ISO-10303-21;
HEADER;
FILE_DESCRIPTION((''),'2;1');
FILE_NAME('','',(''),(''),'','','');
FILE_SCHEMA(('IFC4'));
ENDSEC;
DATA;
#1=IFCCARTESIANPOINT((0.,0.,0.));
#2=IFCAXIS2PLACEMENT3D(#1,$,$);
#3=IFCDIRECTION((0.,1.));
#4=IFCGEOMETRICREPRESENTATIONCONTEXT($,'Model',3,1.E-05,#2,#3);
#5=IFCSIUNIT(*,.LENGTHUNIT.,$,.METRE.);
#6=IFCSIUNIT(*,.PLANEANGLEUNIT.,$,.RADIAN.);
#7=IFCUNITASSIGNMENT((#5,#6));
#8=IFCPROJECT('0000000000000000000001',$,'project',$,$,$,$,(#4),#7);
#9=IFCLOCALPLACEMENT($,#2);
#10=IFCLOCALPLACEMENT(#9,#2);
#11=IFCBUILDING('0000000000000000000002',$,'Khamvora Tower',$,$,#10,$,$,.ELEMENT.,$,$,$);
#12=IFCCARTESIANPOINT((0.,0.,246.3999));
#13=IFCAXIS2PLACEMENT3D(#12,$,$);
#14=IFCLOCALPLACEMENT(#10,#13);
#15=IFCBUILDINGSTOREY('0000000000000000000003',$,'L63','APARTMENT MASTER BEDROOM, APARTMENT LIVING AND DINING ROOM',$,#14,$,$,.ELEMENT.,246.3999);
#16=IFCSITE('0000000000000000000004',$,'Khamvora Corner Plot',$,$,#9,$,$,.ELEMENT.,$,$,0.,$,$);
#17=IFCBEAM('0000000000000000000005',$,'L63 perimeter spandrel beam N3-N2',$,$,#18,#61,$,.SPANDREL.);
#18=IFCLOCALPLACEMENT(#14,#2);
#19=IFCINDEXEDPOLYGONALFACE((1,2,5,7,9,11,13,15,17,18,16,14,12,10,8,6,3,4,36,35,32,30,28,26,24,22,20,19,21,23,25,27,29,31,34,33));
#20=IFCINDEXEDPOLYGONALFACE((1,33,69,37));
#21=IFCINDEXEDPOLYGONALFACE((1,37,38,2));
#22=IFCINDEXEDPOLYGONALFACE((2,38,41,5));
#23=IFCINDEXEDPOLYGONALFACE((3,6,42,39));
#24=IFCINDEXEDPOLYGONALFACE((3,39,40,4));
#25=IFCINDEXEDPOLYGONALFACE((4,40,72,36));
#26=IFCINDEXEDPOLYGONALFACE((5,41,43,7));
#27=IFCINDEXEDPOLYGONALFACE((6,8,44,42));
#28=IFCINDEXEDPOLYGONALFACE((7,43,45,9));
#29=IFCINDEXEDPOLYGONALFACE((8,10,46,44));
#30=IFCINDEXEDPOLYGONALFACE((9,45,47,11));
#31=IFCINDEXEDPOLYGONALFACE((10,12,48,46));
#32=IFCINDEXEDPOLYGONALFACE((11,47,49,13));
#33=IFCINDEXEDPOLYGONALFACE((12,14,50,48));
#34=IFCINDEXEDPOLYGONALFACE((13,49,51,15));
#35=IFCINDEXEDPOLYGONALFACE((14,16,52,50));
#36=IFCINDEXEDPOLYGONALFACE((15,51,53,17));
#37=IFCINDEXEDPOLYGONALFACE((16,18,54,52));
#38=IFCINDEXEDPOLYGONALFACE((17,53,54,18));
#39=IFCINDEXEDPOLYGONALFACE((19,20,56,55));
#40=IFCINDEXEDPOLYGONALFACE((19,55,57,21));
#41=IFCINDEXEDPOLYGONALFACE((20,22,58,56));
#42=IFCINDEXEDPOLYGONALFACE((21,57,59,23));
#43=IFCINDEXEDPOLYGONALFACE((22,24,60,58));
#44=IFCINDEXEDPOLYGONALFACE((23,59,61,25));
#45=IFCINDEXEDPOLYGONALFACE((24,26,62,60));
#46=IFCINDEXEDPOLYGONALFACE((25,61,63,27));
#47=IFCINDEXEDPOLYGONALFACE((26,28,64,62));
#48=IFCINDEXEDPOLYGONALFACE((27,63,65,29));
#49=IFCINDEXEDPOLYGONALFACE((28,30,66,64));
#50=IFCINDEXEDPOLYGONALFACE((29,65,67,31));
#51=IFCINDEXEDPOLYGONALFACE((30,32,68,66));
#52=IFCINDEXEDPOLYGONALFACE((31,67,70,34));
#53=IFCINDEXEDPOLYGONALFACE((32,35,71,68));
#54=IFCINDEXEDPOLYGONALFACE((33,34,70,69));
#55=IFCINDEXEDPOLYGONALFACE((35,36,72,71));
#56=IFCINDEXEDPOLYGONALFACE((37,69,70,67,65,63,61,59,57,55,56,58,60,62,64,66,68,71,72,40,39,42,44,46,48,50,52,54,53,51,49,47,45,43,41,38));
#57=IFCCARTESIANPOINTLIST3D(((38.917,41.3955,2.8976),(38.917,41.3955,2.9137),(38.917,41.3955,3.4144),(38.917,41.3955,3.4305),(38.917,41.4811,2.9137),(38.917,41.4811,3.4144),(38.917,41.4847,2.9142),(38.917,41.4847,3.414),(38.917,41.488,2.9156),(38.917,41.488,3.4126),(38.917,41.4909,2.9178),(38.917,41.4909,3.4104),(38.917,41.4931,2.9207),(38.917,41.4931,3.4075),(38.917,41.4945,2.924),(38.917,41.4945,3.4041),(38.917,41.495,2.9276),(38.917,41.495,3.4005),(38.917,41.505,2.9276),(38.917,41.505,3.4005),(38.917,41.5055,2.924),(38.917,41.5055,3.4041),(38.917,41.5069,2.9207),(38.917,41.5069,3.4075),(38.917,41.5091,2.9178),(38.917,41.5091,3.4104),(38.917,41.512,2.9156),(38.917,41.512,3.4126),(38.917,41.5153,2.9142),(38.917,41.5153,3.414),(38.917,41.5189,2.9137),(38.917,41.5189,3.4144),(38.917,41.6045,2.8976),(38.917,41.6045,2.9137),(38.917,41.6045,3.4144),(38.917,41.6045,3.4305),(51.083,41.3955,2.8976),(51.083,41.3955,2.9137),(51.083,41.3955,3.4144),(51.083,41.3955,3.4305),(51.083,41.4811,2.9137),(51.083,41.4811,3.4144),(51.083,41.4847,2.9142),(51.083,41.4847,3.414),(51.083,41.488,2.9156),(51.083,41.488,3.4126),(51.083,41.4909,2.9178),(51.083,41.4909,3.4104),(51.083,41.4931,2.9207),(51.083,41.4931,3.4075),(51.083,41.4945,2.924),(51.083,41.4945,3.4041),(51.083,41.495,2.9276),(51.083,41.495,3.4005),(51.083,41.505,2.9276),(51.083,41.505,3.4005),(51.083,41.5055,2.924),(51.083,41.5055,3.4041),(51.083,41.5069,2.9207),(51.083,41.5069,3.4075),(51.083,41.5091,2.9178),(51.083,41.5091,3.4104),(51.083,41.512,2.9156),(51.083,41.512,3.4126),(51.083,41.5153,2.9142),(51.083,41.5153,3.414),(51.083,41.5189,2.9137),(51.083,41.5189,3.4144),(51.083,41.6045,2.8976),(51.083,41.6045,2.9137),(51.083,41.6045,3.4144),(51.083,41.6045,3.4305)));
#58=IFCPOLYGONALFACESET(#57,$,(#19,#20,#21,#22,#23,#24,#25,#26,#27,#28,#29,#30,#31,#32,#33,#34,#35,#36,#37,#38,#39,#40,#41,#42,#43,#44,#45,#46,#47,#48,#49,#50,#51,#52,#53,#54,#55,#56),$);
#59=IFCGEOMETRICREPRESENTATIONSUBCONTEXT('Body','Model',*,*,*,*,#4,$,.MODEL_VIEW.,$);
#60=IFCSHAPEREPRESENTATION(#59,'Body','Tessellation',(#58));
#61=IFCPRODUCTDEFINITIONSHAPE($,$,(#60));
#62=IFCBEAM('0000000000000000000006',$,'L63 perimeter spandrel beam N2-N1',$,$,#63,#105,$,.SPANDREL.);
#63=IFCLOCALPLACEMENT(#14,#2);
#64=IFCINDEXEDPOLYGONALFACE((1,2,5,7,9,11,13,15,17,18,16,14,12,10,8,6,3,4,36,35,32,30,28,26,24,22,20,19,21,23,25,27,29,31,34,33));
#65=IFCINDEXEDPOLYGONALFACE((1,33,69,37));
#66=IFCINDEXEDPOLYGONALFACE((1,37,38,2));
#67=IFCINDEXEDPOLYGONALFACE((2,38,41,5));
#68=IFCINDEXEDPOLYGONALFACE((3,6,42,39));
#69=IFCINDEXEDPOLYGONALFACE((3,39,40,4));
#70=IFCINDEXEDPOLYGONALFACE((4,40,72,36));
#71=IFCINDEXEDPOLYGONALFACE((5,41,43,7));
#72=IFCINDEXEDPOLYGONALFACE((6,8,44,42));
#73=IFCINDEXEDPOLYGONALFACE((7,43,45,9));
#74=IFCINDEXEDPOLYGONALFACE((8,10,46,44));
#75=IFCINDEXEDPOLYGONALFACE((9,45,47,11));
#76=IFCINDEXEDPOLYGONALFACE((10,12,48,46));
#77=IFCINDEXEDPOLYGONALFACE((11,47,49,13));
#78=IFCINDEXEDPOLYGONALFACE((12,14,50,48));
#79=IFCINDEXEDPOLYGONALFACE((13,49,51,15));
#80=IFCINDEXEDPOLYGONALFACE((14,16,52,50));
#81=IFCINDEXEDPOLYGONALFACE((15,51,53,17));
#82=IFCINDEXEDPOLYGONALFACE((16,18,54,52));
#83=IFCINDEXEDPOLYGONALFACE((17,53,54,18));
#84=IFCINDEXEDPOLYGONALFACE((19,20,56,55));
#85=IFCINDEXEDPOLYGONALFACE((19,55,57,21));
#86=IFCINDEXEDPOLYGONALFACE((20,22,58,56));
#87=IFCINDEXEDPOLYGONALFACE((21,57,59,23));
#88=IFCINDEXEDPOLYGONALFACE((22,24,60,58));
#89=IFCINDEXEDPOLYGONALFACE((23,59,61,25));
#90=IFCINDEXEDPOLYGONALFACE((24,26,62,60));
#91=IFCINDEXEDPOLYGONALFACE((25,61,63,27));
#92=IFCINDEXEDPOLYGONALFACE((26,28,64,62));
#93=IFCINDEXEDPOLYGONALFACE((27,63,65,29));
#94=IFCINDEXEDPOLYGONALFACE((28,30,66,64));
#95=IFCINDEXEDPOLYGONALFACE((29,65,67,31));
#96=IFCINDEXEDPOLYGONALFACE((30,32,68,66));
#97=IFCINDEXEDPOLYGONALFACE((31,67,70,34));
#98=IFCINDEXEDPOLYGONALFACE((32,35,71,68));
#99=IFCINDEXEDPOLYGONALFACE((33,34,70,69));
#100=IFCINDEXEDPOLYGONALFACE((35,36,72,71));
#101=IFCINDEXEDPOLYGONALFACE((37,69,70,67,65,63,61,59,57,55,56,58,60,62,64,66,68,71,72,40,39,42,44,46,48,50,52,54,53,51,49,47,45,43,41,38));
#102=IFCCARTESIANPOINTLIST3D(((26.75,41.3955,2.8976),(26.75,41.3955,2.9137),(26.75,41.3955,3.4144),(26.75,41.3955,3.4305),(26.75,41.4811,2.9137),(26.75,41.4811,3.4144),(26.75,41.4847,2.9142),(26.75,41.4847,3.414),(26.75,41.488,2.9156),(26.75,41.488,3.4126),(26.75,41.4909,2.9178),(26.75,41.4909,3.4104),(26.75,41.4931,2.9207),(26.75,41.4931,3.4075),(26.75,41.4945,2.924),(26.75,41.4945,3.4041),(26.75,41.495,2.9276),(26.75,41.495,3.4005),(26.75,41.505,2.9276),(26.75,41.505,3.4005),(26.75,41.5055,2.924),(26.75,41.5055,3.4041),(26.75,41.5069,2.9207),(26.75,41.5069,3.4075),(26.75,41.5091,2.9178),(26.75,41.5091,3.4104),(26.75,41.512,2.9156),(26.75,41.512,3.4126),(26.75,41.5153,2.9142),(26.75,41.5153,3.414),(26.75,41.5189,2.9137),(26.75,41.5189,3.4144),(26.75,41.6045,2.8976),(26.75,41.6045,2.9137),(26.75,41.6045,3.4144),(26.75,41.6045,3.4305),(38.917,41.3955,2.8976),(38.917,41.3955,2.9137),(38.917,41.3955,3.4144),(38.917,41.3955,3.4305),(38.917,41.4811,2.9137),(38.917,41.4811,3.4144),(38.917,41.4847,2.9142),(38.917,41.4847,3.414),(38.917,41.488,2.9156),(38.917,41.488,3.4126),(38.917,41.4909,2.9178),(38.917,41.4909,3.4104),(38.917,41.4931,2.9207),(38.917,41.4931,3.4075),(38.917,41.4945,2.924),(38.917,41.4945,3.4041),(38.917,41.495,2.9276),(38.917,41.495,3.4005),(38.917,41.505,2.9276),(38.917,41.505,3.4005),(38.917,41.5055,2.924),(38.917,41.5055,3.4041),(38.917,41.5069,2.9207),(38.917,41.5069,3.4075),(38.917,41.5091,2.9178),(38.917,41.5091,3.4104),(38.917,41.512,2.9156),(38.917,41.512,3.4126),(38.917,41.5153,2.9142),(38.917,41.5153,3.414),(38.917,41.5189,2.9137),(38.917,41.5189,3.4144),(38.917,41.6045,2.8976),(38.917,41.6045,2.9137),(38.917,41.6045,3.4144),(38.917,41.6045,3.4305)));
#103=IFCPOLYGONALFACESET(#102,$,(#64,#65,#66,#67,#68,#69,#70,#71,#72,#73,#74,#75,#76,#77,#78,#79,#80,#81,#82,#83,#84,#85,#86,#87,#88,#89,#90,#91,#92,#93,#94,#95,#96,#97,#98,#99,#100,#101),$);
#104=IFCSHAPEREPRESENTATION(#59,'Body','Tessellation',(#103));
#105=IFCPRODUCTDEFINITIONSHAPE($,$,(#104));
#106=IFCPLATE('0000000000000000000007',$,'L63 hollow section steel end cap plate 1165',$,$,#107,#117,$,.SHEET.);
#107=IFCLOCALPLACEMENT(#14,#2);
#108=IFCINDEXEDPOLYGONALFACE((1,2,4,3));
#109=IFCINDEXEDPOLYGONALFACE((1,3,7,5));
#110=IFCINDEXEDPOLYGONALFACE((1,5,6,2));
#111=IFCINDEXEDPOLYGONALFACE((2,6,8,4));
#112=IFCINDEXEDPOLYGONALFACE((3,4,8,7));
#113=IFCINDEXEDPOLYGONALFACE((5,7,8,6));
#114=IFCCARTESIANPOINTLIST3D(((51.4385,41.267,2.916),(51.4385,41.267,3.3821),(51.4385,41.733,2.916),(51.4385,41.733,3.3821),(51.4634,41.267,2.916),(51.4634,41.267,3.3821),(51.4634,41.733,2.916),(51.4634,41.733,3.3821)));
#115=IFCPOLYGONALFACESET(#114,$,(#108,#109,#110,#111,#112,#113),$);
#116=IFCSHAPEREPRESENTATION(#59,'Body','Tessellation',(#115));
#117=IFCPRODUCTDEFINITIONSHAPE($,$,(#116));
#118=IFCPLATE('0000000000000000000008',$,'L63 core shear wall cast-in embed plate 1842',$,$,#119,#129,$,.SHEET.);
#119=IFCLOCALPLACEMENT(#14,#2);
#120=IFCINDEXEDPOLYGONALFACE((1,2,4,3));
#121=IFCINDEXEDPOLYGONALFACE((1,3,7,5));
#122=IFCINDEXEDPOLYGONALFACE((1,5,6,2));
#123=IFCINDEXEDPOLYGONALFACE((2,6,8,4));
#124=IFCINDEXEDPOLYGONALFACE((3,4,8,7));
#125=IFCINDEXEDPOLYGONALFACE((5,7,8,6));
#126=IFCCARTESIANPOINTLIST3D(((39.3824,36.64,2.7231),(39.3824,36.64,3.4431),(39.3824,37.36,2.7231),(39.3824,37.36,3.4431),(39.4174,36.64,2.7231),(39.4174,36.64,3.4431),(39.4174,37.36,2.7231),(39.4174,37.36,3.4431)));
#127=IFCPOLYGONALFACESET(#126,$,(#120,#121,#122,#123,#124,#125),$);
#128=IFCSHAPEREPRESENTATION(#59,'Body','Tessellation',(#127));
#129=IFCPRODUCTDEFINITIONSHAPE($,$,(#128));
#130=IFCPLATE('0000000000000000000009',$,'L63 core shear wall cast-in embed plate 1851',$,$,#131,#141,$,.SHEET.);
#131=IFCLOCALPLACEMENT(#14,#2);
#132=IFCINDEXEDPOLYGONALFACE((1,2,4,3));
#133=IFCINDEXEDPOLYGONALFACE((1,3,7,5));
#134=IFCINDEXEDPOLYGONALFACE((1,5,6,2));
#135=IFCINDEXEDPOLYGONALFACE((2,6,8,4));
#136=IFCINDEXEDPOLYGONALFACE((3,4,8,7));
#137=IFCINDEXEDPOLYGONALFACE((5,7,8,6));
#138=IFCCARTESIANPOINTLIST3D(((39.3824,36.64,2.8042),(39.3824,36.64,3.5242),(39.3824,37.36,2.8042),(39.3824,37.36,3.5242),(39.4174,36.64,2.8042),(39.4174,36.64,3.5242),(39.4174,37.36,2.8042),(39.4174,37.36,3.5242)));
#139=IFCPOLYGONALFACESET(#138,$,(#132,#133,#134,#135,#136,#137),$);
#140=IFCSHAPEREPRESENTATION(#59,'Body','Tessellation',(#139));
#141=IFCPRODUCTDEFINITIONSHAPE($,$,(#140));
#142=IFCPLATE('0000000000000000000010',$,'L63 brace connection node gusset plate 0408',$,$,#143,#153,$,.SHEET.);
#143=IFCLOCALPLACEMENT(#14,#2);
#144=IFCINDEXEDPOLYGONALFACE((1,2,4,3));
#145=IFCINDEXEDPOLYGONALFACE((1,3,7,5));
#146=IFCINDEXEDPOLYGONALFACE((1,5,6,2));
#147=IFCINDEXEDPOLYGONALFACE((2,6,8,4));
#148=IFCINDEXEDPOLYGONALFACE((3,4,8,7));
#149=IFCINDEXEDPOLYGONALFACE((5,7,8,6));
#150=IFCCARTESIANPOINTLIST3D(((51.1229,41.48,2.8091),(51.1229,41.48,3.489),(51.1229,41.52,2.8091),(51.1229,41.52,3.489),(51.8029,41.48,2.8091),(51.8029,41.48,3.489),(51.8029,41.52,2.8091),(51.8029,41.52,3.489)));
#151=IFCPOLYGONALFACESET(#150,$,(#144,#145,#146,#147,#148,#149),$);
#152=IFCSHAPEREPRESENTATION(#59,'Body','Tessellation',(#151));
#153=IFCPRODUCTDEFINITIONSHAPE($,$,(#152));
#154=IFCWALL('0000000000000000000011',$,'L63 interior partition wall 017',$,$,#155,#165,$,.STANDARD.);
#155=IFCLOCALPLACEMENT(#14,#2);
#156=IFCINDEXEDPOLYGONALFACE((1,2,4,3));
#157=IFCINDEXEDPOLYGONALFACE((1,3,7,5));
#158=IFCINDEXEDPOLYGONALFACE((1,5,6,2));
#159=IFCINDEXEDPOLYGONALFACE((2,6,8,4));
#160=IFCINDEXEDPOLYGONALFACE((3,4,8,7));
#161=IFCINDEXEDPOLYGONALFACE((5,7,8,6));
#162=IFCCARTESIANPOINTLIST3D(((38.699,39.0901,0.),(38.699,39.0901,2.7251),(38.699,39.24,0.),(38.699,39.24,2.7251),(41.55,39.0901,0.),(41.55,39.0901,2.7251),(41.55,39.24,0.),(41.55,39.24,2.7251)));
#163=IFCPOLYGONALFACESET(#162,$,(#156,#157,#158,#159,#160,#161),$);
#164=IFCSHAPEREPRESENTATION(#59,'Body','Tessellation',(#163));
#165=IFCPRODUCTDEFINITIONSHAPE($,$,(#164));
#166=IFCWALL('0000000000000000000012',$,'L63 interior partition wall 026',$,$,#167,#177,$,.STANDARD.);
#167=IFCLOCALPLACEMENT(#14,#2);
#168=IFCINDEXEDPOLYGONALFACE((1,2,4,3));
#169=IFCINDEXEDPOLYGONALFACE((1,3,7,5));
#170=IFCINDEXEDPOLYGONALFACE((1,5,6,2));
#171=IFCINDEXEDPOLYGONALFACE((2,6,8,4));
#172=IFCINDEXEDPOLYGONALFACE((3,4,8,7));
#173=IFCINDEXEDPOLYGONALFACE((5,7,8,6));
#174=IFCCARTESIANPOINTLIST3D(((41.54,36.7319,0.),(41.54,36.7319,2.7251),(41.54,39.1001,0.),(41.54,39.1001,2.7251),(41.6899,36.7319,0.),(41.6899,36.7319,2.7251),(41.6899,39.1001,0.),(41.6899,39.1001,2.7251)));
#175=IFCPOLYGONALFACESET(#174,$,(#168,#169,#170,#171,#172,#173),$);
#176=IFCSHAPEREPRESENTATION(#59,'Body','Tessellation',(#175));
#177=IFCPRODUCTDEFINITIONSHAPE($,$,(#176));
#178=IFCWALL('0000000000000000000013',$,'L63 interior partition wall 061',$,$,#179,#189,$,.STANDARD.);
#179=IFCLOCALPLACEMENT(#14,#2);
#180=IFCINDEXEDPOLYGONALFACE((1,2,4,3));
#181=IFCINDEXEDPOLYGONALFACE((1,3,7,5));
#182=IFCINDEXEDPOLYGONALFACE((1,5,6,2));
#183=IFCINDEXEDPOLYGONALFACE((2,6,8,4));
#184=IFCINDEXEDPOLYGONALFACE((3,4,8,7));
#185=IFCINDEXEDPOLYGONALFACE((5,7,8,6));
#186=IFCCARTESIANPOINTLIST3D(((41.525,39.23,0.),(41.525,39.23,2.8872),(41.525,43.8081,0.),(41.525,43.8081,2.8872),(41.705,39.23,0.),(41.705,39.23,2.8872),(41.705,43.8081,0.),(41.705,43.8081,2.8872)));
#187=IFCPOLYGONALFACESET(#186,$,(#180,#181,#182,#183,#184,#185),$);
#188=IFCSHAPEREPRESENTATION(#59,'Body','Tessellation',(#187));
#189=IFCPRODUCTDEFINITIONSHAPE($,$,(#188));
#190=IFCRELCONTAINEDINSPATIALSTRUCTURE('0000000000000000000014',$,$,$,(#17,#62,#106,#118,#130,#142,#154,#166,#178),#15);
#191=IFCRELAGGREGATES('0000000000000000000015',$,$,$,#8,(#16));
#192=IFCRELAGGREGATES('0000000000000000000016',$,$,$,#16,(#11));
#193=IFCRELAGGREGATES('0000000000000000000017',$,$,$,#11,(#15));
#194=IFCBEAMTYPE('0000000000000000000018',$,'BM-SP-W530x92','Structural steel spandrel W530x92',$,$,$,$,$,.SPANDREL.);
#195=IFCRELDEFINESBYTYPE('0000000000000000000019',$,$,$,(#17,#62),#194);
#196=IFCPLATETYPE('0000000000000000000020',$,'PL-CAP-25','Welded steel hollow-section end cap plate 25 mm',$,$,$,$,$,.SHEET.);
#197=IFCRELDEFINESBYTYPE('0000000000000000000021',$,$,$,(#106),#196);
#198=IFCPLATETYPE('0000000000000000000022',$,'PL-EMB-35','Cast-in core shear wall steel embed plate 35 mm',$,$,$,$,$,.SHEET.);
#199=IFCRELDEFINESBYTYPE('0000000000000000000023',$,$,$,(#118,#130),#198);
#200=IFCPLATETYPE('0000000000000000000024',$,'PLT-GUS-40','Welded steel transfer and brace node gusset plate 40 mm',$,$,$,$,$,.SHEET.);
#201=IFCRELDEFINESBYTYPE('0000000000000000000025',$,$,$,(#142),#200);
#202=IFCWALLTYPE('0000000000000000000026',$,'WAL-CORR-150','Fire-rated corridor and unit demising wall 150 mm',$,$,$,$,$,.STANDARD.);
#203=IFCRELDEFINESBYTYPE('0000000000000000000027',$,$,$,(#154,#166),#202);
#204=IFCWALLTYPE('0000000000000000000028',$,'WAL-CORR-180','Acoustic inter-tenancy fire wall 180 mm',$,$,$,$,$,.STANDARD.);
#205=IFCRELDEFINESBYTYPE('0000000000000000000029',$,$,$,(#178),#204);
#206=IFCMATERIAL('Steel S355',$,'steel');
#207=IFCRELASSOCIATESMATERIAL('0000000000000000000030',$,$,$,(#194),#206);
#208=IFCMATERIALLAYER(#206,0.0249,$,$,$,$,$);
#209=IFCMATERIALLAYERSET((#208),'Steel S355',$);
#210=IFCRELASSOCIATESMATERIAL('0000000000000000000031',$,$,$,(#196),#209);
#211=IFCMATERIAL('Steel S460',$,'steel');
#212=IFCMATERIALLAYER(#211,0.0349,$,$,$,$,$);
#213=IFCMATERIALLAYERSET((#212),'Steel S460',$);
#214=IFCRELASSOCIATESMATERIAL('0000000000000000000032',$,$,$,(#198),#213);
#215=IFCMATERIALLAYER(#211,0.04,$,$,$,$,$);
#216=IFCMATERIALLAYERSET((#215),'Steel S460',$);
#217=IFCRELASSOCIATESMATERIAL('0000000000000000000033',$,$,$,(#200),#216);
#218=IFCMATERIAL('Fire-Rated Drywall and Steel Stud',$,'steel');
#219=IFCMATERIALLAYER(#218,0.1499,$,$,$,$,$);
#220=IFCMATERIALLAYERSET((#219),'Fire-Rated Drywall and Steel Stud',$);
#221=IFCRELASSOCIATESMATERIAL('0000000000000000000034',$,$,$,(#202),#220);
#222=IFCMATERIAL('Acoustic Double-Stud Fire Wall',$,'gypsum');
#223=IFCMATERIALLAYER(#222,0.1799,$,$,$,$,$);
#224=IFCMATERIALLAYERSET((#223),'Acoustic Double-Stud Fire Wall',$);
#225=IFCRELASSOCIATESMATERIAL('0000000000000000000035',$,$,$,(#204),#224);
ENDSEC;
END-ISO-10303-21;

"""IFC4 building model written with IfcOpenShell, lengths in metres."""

from ifc_helpers import new_model, si_unit, direction, frame, frame_2d, origin, origin_2d, place, context, subcontext, project, spatial, rectangle, i_section, extrude, material, layer, layer_set, material_profile, profile_set, type_object, element, save


model = new_model("IFC4")

# Units and contexts
model_context = context("Model", 3, precision=1e-05, world=origin(), true_north=direction((0.0, 1.0)))
body_context = subcontext(model_context, "Body", "Model", "MODEL_VIEW")
ifc_project = project(units=[si_unit("LENGTHUNIT", "METRE"), si_unit("PLANEANGLEUNIT", "RADIAN")], contexts=[model_context])

# Site, building, storey
site_placement = place(None, origin())
site = spatial("IfcSite", under=ifc_project, at=site_placement, Name="Khamvora Corner Plot", CompositionType="ELEMENT", RefElevation=0.0)
building_placement = place(site_placement, origin())
building = spatial("IfcBuilding", under=site, at=building_placement, Name="Khamvora Tower", CompositionType="ELEMENT")
storey_placement = place(building_placement, frame((0.0, 0.0, 246.3999)))
storey = spatial("IfcBuildingStorey", under=building, at=storey_placement, Name="L63", Description="APARTMENT MASTER BEDROOM, APARTMENT LIVING AND DINING ROOM", CompositionType="ELEMENT", Elevation=246.3999)

# Shared definitions
ifc_material_1 = material(Name="Steel S355", Category="steel")

# Beams
ifc_material_profile_1 = material_profile(ifc_material_1, i_section(OverallWidth=0.209, OverallDepth=0.533, WebThickness=0.01, FlangeThickness=0.0161, FilletRadius=0.0139, at=origin_2d()), Name="W530x92")
ifc_profile_set_1 = profile_set([ifc_material_profile_1], Name="Steel S355")
beam_type_1 = type_object("IfcBeamType", Name="BM-SP-W530x92", Description="Structural steel spandrel W530x92", PredefinedType="SPANDREL", material=ifc_profile_set_1)
beam_1_placement = place(storey_placement, frame((51.083, 41.5, 3.1641), z_axis=(-1.0, 0.0, 0.0), x_axis=(0.0, -1.0, 0.0)))
element("IfcBeam", 1, at=beam_1_placement, inside=storey, type_object=beam_type_1, Name="L63 perimeter spandrel beam N3-N2", PredefinedType="SPANDREL", context=body_context, shape_type="SweptSolid", body=[
    extrude(i_section(OverallWidth=0.209, OverallDepth=0.533, WebThickness=0.01, FlangeThickness=0.0161, FilletRadius=0.0139, at=origin_2d()), origin(), (0.0, 0.0, 1.0), 12.166),
])
beam_2_placement = place(storey_placement, frame((38.917, 41.5, 3.1641), z_axis=(-1.0, 0.0, 0.0), x_axis=(0.0, -1.0, 0.0)))
element("IfcBeam", 2, at=beam_2_placement, inside=storey, type_object=beam_type_1, Name="L63 perimeter spandrel beam N2-N1", PredefinedType="SPANDREL", context=body_context, shape_type="SweptSolid", body=[
    extrude(i_section(OverallWidth=0.209, OverallDepth=0.533, WebThickness=0.01, FlangeThickness=0.0161, FilletRadius=0.0139, at=origin_2d()), origin(), (0.0, 0.0, 1.0), 12.167),
])

# Plates
ifc_layer_1 = layer(ifc_material_1, 0.0249)
ifc_layer_set_1 = layer_set([ifc_layer_1], Name="Steel S355")
plate_type_1 = type_object("IfcPlateType", Name="PL-CAP-25", Description="Welded steel hollow-section end cap plate 25 mm", PredefinedType="SHEET", material=ifc_layer_set_1)
plate_1_placement = place(storey_placement, frame((51.4509, 41.5, 2.916), z_axis=(0.0, 0.0, 1.0), x_axis=(-1.0, 0.0, 0.0)))
element("IfcPlate", 3, at=plate_1_placement, inside=storey, type_object=plate_type_1, Name="L63 hollow section steel end cap plate 1165", PredefinedType="SHEET", context=body_context, shape_type="SweptSolid", body=[
    extrude(rectangle(XDim=0.0249, YDim=0.4661, at=origin_2d()), origin(), (0.0, 0.0, 1.0), 0.4661),
])
ifc_material_2 = material(Name="Steel S460", Category="steel")
ifc_layer_2 = layer(ifc_material_2, 0.0349)
ifc_layer_set_2 = layer_set([ifc_layer_2], Name="Steel S460")
plate_type_2 = type_object("IfcPlateType", Name="PL-EMB-35", Description="Cast-in core shear wall steel embed plate 35 mm", PredefinedType="SHEET", material=ifc_layer_set_2)
for number, where, z_axis, x_axis, name in (
    (4, (39.3999, 37.0, 2.7231), (0.0, 0.0, 1.0), (1.0, 0.0, 0.0), "L63 core shear wall cast-in embed plate 1842"),
    (5, (39.3999, 37.0, 2.8042), (0.0, 0.0, 1.0), (1.0, 0.0, 0.0), "L63 core shear wall cast-in embed plate 1851"),
):
    element("IfcPlate", number, at=place(storey_placement, frame(where, z_axis=z_axis, x_axis=x_axis)), inside=storey, type_object=plate_type_2, Name=name, PredefinedType="SHEET", context=body_context, shape_type="SweptSolid", body=[
        extrude(rectangle(XDim=0.0349, YDim=0.72, at=origin_2d()), origin(), (0.0, 0.0, 1.0), 0.72),
    ])
ifc_layer_3 = layer(ifc_material_2, 0.04)
ifc_layer_set_3 = layer_set([ifc_layer_3], Name="Steel S460")
plate_type_3 = type_object("IfcPlateType", Name="PLT-GUS-40", Description="Welded steel transfer and brace node gusset plate 40 mm", PredefinedType="SHEET", material=ifc_layer_set_3)
plate_2_placement = place(storey_placement, frame((51.4629, 41.5, 2.8091), z_axis=(0.0, 0.0, 1.0), x_axis=(1.0, 0.0, 0.0)))
element("IfcPlate", 6, at=plate_2_placement, inside=storey, type_object=plate_type_3, Name="L63 brace connection node gusset plate 0408", PredefinedType="SHEET", context=body_context, shape_type="SweptSolid", body=[
    extrude(rectangle(XDim=0.6799, YDim=0.04, at=origin_2d()), origin(), (0.0, 0.0, 1.0), 0.6799),
])

# Walls
ifc_material_3 = material(Name="Fire-Rated Drywall and Steel Stud", Category="steel")
ifc_layer_4 = layer(ifc_material_3, 0.1499)
ifc_layer_set_4 = layer_set([ifc_layer_4], Name="Fire-Rated Drywall and Steel Stud")
wall_type_1 = type_object("IfcWallType", Name="WAL-CORR-150", Description="Fire-rated corridor and unit demising wall 150 mm", PredefinedType="STANDARD", material=ifc_layer_set_4)
wall_1_placement = place(storey_placement, frame((38.699, 39.165, 0.0), z_axis=(0.0, 0.0, 1.0), x_axis=(1.0, 0.0, 0.0)))
element("IfcWall", 7, at=wall_1_placement, inside=storey, type_object=wall_type_1, Name="L63 interior partition wall 017", PredefinedType="STANDARD", context=body_context, shape_type="SweptSolid", body=[
    extrude(rectangle(XDim=2.8511, YDim=0.1499, at=frame_2d((1.4255, 0.0))), origin(), (0.0, 0.0, 1.0), 2.7251),
])
wall_2_placement = place(storey_placement, frame((41.615, 39.1001, 0.0), z_axis=(0.0, 0.0, 1.0), x_axis=(0.0, -1.0, 0.0)))
element("IfcWall", 8, at=wall_2_placement, inside=storey, type_object=wall_type_1, Name="L63 interior partition wall 026", PredefinedType="STANDARD", context=body_context, shape_type="SweptSolid", body=[
    extrude(rectangle(XDim=2.3682, YDim=0.1499, at=frame_2d((1.1841, 0.0))), origin(), (0.0, 0.0, 1.0), 2.7251),
])
ifc_material_4 = material(Name="Acoustic Double-Stud Fire Wall", Category="gypsum")
ifc_layer_5 = layer(ifc_material_4, 0.1799)
ifc_layer_set_5 = layer_set([ifc_layer_5], Name="Acoustic Double-Stud Fire Wall")
wall_type_2 = type_object("IfcWallType", Name="WAL-CORR-180", Description="Acoustic inter-tenancy fire wall 180 mm", PredefinedType="STANDARD", material=ifc_layer_set_5)
wall_3_placement = place(storey_placement, frame((41.615, 43.8081, 0.0), z_axis=(0.0, 0.0, 1.0), x_axis=(0.0, -1.0, 0.0)))
element("IfcWall", 9, at=wall_3_placement, inside=storey, type_object=wall_type_2, Name="L63 interior partition wall 061", PredefinedType="STANDARD", context=body_context, shape_type="SweptSolid", body=[
    extrude(rectangle(XDim=4.5781, YDim=0.1799, at=frame_2d((2.2891, 0.0))), origin(), (0.0, 0.0, 1.0), 2.8872),
])

save(model, "model.ifc")
